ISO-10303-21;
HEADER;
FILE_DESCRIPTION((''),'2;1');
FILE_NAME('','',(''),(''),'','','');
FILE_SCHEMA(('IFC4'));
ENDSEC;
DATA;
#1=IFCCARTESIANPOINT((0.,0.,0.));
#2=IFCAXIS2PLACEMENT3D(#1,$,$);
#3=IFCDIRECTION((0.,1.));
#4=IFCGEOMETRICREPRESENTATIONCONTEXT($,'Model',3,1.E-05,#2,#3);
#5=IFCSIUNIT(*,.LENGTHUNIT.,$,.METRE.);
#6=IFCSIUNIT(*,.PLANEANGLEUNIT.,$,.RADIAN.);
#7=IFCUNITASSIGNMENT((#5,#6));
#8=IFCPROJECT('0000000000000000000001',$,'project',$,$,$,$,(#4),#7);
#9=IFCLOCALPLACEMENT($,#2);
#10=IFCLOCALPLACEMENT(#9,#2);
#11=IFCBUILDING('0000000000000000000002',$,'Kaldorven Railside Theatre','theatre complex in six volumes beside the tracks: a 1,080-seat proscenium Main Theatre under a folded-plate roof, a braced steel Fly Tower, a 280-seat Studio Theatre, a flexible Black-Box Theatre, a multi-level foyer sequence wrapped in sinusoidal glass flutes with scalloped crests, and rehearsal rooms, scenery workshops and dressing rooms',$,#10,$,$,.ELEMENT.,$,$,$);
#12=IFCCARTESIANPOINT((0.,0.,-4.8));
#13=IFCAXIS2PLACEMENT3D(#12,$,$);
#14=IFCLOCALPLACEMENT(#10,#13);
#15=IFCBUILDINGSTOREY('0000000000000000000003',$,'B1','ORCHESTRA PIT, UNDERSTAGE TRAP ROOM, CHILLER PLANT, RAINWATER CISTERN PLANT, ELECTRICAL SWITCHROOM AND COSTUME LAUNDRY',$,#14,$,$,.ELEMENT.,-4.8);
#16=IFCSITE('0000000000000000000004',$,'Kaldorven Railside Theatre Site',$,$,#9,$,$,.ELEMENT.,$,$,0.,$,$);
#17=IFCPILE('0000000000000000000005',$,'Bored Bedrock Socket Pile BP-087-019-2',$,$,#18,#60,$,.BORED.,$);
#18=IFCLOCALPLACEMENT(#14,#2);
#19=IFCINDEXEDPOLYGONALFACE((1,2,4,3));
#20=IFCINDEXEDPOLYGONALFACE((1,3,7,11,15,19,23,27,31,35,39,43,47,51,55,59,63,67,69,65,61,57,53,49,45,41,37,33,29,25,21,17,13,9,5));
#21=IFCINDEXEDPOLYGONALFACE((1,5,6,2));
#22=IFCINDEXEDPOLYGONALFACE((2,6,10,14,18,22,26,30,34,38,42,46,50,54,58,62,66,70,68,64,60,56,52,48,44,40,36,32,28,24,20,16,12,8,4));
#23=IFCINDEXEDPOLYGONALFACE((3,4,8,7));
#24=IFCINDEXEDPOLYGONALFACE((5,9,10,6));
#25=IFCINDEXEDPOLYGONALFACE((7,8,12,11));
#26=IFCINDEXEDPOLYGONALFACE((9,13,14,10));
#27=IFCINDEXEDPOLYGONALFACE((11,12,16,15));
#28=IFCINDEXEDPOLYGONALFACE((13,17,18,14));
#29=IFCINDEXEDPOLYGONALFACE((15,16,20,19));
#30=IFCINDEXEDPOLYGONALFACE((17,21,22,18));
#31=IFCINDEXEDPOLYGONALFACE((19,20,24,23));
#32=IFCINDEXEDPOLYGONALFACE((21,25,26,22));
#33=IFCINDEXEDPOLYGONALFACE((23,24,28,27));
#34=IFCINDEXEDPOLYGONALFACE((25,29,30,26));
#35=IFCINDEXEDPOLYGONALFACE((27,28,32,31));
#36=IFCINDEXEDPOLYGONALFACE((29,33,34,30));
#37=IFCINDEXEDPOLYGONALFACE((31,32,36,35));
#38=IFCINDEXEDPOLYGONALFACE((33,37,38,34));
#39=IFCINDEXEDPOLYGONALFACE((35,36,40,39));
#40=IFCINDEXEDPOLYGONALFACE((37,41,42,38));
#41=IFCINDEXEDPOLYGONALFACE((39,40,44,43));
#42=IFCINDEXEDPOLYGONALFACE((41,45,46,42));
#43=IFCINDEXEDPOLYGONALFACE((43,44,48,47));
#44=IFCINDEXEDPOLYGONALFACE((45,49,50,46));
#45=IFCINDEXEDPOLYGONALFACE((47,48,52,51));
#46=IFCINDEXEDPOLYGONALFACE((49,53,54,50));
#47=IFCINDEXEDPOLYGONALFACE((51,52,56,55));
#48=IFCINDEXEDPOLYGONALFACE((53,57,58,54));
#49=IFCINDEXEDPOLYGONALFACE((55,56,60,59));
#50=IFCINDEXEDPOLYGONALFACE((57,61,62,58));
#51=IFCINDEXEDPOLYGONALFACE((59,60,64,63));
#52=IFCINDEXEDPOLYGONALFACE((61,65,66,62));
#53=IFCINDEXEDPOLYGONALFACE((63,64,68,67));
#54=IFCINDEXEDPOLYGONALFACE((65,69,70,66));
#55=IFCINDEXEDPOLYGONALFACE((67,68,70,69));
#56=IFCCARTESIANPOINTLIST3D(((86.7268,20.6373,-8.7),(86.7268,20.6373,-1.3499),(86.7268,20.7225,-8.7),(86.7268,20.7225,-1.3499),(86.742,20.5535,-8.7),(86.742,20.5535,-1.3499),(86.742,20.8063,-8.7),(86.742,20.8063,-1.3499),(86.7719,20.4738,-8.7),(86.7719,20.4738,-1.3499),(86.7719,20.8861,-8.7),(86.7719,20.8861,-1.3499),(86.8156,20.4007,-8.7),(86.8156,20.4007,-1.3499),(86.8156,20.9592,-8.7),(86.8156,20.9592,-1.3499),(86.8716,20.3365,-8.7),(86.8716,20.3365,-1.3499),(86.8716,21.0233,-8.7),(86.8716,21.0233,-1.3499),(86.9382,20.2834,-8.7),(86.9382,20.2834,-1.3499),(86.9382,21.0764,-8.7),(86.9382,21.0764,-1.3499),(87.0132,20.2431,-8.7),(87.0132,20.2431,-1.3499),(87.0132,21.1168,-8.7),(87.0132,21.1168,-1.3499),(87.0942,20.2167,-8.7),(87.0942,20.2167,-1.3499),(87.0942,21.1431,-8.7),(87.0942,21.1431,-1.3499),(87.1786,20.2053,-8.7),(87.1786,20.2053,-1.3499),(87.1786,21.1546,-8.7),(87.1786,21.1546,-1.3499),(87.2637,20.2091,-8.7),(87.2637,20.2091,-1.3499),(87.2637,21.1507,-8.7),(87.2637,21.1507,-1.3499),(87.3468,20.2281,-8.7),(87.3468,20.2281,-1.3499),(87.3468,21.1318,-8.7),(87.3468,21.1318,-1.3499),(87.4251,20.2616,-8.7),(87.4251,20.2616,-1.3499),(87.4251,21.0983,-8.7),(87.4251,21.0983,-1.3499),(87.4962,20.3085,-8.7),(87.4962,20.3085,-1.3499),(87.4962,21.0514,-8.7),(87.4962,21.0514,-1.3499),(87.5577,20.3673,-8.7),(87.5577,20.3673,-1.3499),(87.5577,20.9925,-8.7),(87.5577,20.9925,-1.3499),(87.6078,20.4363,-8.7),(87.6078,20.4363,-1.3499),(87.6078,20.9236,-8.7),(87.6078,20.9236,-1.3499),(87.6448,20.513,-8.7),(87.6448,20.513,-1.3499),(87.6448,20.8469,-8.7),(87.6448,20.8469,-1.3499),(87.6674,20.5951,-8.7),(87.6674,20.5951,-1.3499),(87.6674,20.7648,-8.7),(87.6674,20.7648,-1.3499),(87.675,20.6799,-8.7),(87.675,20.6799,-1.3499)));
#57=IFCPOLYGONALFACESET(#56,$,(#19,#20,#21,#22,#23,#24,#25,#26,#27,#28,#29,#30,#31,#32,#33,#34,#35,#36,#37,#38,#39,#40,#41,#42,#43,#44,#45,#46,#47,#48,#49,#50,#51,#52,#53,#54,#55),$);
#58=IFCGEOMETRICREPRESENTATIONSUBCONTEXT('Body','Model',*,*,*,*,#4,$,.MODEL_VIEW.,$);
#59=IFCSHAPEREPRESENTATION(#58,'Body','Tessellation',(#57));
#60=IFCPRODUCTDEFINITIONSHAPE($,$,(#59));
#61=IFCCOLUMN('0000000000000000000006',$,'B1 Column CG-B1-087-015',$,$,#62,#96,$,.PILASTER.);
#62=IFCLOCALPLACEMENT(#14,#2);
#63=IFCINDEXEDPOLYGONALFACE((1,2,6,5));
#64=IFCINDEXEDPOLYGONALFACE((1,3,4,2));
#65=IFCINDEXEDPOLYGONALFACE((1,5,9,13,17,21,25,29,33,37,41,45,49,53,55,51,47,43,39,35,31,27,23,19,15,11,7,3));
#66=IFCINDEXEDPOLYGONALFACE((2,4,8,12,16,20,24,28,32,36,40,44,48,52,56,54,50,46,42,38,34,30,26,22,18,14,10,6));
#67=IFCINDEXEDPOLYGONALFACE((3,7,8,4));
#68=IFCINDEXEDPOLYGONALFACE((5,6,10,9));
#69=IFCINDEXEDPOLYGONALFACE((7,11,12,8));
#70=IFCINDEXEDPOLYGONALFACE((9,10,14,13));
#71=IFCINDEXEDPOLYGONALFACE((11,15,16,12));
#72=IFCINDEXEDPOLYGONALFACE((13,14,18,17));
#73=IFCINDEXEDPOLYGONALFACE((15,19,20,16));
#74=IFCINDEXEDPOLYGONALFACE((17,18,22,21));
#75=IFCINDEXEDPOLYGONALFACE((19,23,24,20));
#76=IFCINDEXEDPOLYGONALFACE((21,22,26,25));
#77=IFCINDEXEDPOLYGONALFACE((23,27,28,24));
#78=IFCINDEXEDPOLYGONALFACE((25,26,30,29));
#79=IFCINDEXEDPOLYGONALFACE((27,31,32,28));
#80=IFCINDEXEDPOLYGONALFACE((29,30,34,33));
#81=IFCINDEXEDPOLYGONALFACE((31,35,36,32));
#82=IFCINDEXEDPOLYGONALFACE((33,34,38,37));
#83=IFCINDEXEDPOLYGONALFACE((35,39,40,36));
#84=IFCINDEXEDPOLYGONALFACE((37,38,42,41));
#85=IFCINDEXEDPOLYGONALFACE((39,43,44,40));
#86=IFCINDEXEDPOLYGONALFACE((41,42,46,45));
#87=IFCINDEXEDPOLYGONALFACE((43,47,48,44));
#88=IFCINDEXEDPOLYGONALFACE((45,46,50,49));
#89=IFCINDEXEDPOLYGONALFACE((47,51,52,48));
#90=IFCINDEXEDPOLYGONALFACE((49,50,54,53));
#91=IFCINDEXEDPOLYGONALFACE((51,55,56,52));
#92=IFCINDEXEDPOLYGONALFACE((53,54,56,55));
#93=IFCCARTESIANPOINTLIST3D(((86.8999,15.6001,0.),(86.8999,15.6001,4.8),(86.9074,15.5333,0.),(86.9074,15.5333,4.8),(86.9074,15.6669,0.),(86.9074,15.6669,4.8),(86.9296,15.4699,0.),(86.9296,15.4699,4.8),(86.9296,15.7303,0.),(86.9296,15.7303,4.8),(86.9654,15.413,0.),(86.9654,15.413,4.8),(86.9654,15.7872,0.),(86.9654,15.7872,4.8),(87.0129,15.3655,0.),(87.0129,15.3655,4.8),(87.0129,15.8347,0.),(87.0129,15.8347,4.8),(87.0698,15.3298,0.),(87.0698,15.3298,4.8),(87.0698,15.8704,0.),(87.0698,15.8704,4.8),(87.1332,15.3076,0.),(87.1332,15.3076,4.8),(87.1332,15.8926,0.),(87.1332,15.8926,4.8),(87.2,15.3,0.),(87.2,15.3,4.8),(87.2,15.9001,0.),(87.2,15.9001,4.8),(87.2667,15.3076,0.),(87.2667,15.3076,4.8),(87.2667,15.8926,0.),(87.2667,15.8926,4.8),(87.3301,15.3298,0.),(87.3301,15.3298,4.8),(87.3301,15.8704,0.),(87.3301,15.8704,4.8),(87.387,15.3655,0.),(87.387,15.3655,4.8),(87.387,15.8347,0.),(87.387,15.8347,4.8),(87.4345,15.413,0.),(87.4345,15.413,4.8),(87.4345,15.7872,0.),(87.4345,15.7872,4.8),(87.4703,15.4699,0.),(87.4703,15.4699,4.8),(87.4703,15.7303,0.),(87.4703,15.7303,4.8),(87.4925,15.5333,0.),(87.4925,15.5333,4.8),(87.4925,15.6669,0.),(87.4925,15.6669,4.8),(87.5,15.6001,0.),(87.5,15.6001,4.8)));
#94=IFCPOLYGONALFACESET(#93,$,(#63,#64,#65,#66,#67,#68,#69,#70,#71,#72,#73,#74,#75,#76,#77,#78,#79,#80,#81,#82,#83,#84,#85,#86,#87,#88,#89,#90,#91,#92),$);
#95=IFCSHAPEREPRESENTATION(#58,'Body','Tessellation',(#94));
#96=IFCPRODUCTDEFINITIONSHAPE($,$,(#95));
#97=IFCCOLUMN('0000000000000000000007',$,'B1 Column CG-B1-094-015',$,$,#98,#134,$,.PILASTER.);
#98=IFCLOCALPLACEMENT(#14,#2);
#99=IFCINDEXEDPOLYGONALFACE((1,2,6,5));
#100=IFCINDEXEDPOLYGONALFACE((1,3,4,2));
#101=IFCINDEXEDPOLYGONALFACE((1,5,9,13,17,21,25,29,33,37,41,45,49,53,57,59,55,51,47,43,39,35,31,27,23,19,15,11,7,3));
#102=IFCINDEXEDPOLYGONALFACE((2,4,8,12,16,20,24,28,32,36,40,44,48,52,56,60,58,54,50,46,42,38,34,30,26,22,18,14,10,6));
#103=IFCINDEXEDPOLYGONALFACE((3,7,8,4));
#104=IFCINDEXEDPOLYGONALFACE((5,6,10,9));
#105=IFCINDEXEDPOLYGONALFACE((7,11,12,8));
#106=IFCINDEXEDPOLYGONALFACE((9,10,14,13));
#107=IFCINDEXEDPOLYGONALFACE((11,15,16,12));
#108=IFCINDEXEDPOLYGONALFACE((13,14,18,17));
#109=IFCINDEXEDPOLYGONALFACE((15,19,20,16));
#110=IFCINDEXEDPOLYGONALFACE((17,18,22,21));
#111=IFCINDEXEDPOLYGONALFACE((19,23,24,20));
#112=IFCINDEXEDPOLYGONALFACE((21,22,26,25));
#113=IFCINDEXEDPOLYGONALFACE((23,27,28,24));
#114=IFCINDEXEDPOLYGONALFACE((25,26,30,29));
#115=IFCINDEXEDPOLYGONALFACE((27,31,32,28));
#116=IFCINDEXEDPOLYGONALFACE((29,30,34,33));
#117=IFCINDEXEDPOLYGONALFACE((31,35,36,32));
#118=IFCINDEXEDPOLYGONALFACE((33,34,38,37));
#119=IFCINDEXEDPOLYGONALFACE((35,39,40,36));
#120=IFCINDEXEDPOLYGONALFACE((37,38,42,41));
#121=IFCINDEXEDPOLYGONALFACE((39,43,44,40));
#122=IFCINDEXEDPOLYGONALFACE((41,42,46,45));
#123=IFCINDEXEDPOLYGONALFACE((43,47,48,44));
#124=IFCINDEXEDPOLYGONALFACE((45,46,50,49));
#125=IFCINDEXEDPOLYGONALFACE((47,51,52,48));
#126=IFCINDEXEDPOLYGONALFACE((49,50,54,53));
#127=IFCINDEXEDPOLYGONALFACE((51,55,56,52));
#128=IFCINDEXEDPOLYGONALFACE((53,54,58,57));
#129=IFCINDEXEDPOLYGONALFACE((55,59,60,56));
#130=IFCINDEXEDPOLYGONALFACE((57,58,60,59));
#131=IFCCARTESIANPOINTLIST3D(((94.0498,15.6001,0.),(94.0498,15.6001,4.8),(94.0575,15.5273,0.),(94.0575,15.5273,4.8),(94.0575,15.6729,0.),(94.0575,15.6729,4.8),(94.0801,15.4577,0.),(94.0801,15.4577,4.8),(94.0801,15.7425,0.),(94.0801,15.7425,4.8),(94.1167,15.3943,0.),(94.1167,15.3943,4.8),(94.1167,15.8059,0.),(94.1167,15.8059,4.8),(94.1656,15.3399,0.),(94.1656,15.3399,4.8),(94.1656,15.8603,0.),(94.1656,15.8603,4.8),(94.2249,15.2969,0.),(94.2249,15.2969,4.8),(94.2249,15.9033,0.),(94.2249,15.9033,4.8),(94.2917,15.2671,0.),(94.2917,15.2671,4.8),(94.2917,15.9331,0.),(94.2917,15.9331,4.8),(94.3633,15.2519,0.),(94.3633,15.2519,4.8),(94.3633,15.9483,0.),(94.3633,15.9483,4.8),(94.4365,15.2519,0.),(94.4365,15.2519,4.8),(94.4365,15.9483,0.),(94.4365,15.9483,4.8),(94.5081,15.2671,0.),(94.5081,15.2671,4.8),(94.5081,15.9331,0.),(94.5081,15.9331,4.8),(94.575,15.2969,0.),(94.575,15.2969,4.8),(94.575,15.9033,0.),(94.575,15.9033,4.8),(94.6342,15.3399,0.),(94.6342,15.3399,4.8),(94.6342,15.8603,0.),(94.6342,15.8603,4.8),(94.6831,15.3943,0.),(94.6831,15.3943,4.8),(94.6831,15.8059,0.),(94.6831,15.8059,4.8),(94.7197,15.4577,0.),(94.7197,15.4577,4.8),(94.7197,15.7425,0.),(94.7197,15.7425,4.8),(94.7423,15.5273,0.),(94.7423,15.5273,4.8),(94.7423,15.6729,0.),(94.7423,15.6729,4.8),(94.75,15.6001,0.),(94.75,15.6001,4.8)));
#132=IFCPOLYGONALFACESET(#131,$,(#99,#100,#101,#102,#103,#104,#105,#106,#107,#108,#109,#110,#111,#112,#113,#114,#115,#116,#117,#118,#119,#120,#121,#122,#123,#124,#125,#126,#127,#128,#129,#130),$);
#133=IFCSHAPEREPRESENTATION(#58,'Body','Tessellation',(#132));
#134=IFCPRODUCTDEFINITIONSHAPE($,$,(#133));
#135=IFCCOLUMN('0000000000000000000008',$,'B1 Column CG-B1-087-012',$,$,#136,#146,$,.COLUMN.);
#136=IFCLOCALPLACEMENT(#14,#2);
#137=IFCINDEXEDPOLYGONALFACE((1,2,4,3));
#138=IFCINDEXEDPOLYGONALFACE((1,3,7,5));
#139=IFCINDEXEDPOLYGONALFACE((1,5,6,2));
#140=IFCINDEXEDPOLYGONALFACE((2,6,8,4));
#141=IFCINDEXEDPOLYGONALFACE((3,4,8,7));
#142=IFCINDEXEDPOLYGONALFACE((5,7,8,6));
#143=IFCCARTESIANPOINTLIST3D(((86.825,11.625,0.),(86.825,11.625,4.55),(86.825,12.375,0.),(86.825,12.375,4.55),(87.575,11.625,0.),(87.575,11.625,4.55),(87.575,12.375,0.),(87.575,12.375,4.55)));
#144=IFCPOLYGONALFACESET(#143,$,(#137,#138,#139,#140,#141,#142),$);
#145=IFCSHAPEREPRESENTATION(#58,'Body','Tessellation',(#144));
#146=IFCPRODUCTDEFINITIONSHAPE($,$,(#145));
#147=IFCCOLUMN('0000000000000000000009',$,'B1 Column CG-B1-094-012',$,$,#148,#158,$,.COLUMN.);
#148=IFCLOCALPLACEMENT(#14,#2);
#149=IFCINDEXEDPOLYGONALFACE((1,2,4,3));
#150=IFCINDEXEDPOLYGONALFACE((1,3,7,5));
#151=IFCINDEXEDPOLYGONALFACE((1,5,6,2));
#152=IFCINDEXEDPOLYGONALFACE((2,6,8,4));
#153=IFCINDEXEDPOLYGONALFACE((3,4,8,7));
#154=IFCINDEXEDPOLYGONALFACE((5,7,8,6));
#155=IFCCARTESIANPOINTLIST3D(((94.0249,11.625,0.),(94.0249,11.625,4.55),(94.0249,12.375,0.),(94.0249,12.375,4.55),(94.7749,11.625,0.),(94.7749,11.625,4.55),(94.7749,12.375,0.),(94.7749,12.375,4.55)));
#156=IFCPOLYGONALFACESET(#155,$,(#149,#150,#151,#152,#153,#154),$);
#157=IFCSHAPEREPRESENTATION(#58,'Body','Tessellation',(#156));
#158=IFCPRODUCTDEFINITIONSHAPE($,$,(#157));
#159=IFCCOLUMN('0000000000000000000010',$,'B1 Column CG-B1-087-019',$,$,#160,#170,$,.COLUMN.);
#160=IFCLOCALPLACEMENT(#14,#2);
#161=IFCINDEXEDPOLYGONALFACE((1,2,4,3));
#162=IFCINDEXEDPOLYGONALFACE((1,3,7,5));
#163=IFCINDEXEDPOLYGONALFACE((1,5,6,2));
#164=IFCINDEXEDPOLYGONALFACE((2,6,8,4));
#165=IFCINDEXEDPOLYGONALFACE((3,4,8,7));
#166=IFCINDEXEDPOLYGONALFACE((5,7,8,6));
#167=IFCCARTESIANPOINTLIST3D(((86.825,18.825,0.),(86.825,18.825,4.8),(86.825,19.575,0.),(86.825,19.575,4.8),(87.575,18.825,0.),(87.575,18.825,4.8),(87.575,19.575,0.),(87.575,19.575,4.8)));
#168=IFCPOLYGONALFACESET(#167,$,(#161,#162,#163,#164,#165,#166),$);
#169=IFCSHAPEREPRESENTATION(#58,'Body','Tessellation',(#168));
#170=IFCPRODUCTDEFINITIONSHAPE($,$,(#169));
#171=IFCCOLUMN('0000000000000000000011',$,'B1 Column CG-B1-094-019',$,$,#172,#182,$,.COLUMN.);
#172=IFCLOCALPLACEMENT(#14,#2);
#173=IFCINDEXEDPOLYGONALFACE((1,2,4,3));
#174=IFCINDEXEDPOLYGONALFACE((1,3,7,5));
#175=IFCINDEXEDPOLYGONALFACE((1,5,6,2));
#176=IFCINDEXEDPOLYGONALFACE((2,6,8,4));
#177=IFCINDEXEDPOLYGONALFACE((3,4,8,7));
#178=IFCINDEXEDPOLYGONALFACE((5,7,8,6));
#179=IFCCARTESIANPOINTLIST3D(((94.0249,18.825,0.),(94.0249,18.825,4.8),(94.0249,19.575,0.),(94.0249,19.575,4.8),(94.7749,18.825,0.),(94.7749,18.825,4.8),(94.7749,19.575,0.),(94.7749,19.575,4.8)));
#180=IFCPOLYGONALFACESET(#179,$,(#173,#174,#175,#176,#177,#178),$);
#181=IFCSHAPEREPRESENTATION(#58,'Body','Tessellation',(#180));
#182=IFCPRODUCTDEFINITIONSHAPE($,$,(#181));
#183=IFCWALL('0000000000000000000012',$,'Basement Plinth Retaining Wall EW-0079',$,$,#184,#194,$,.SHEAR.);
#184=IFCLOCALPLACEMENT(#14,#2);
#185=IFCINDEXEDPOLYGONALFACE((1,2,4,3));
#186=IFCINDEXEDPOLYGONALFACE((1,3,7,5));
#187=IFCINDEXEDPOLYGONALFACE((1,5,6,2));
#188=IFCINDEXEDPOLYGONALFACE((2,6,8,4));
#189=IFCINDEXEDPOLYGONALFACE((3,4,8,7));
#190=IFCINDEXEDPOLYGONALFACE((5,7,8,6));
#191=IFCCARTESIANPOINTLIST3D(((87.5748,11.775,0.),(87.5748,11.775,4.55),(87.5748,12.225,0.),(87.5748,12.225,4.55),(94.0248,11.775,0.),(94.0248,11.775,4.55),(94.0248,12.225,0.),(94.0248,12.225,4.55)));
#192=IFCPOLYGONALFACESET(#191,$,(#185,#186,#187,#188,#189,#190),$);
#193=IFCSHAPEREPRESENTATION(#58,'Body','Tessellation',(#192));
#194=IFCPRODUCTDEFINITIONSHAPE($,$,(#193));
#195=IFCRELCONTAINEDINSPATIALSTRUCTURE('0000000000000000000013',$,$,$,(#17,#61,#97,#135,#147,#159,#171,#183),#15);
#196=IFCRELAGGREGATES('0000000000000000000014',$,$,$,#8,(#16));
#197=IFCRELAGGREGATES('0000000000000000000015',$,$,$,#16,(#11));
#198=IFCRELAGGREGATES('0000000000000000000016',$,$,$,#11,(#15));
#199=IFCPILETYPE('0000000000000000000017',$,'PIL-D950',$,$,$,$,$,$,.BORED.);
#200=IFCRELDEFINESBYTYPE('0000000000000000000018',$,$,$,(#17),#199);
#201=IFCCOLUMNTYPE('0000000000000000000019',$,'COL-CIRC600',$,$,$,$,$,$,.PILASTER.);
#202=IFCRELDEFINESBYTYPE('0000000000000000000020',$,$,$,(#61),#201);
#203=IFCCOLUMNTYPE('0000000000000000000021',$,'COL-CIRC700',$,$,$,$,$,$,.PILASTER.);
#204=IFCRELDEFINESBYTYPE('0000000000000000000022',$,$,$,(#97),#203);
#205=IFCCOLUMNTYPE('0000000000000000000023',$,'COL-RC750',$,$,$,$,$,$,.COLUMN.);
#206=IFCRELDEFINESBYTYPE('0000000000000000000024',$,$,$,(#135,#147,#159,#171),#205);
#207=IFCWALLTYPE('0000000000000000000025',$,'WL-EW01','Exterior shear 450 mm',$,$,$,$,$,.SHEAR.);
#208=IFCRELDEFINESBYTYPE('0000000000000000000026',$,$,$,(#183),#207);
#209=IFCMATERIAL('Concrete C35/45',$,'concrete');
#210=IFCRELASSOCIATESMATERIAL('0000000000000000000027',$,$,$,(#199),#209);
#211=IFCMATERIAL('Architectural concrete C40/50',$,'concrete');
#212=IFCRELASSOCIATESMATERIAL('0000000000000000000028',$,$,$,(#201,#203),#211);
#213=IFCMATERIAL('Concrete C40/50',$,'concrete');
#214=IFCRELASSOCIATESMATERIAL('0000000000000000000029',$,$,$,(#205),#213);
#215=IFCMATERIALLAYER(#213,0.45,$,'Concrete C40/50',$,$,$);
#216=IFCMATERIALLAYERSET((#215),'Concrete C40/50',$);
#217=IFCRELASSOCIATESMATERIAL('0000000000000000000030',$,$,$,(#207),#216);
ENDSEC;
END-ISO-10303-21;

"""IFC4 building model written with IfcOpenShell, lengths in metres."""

from ifc_helpers import new_model, si_unit, direction, frame, frame_2d, origin, origin_2d, place, context, subcontext, project, spatial, rectangle, circle, extrude, material, layer, layer_set, material_profile, profile_set, type_object, element, save


model = new_model("IFC4")

# Units and contexts
model_context = context("Model", 3, precision=1e-05, world=origin(), true_north=direction((0.0, 1.0)))
body_context = subcontext(model_context, "Body", "Model", "MODEL_VIEW")
ifc_project = project(units=[si_unit("LENGTHUNIT", "METRE"), si_unit("PLANEANGLEUNIT", "RADIAN")], contexts=[model_context])

# Site, building, storey
site_placement = place(None, origin())
site = spatial("IfcSite", under=ifc_project, at=site_placement, Name="Kaldorven Railside Theatre Site", CompositionType="ELEMENT", RefElevation=0.0)
building_placement = place(site_placement, origin())
building = spatial("IfcBuilding", under=site, at=building_placement, Name="Kaldorven Railside Theatre", Description="theatre complex in six volumes beside the tracks: a 1,080-seat proscenium Main Theatre under a folded-plate roof, a braced steel Fly Tower, a 280-seat Studio Theatre, a flexible Black-Box Theatre, a multi-level foyer sequence wrapped in sinusoidal glass flutes with scalloped crests, and rehearsal rooms, scenery workshops and dressing rooms", CompositionType="ELEMENT")
storey_placement = place(building_placement, frame((0.0, 0.0, -4.8)))
storey = spatial("IfcBuildingStorey", under=building, at=storey_placement, Name="B1", Description="ORCHESTRA PIT, UNDERSTAGE TRAP ROOM, CHILLER PLANT, RAINWATER CISTERN PLANT, ELECTRICAL SWITCHROOM AND COSTUME LAUNDRY", CompositionType="ELEMENT", Elevation=-4.8)

# Shared definitions
ifc_material_1 = material(Name="Concrete C40/50", Category="concrete")

# Pile
ifc_material_2 = material(Name="Concrete C35/45", Category="concrete")
ifc_material_profile_1 = material_profile(ifc_material_2, circle(Radius=0.4751, at=origin_2d()), Name="BP D950")
ifc_profile_set_1 = profile_set([ifc_material_profile_1], Name="Concrete C35/45")
pile_type_1 = type_object("IfcPileType", Name="PIL-D950", PredefinedType="BORED", material=ifc_profile_set_1)
for number, where, z_axis, x_axis, name in (
    (1, (87.2, 20.6799, -1.3499), (0.0, 0.0, -1.0), (1.0, 0.0, 0.0), "Bored Bedrock Socket Pile BP-087-019-2"),
):
    element("IfcPile", number, at=place(storey_placement, frame(where, z_axis=z_axis, x_axis=x_axis)), inside=storey, type_object=pile_type_1, Name=name, PredefinedType="BORED", context=body_context, shape_type="SweptSolid", body=[
        extrude(circle(Radius=0.4751, at=origin_2d()), origin(), (0.0, 0.0, 1.0), 7.3501),
    ])

# Columns
ifc_material_3 = material(Name="Architectural concrete C40/50", Category="concrete")
ifc_material_profile_2 = material_profile(ifc_material_3, circle(Radius=0.3, at=origin_2d()), Name="RC D600")
ifc_profile_set_2 = profile_set([ifc_material_profile_2], Name="Architectural concrete C40/50")
column_type_1 = type_object("IfcColumnType", Name="COL-CIRC600", PredefinedType="PILASTER", material=ifc_profile_set_2)
column_1_placement = place(storey_placement, frame((87.2, 15.6001, 0.0), z_axis=(0.0, 0.0, 1.0), x_axis=(1.0, 0.0, 0.0)))
element("IfcColumn", 2, at=column_1_placement, inside=storey, type_object=column_type_1, Name="B1 Column CG-B1-087-015", PredefinedType="PILASTER", context=body_context, shape_type="SweptSolid", body=[
    extrude(circle(Radius=0.3, at=origin_2d()), origin(), (0.0, 0.0, 1.0), 4.8),
])
ifc_material_profile_3 = material_profile(ifc_material_3, circle(Radius=0.3501, at=origin_2d()), Name="RC D700")
ifc_profile_set_3 = profile_set([ifc_material_profile_3], Name="Architectural concrete C40/50")
column_type_2 = type_object("IfcColumnType", Name="COL-CIRC700", PredefinedType="PILASTER", material=ifc_profile_set_3)
column_2_placement = place(storey_placement, frame((94.3999, 15.6001, 0.0), z_axis=(0.0, 0.0, 1.0), x_axis=(1.0, 0.0, 0.0)))
element("IfcColumn", 3, at=column_2_placement, inside=storey, type_object=column_type_2, Name="B1 Column CG-B1-094-015", PredefinedType="PILASTER", context=body_context, shape_type="SweptSolid", body=[
    extrude(circle(Radius=0.3501, at=origin_2d()), origin(), (0.0, 0.0, 1.0), 4.8),
])
ifc_material_profile_4 = material_profile(ifc_material_1, rectangle(XDim=0.75, YDim=0.75, at=origin_2d()), Name="RC 750x750")
ifc_profile_set_4 = profile_set([ifc_material_profile_4], Name="Concrete C40/50")
column_type_3 = type_object("IfcColumnType", Name="COL-RC750", PredefinedType="COLUMN", material=ifc_profile_set_4)
for number, where, z_axis, x_axis, name in (
    (4, (87.2, 12.0, 0.0), (0.0, 0.0, 1.0), (1.0, 0.0, 0.0), "B1 Column CG-B1-087-012"),
    (5, (94.3999, 12.0, 0.0), (0.0, 0.0, 1.0), (1.0, 0.0, 0.0), "B1 Column CG-B1-094-012"),
):
    element("IfcColumn", number, at=place(storey_placement, frame(where, z_axis=z_axis, x_axis=x_axis)), inside=storey, type_object=column_type_3, Name=name, PredefinedType="COLUMN", context=body_context, shape_type="SweptSolid", body=[
        extrude(rectangle(XDim=0.75, YDim=0.75, at=origin_2d()), origin(), (0.0, 0.0, 1.0), 4.55),
    ])
for number, where, z_axis, x_axis, name in (
    (6, (87.2, 19.2, 0.0), (0.0, 0.0, 1.0), (1.0, 0.0, 0.0), "B1 Column CG-B1-087-019"),
    (7, (94.3999, 19.2, 0.0), (0.0, 0.0, 1.0), (0.0, 1.0, 0.0), "B1 Column CG-B1-094-019"),
):
    element("IfcColumn", number, at=place(storey_placement, frame(where, z_axis=z_axis, x_axis=x_axis)), inside=storey, type_object=column_type_3, Name=name, PredefinedType="COLUMN", context=body_context, shape_type="SweptSolid", body=[
        extrude(rectangle(XDim=0.75, YDim=0.75, at=origin_2d()), origin(), (0.0, 0.0, 1.0), 4.8),
    ])

# Wall
ifc_layer_1 = layer(ifc_material_1, 0.45, Name="Concrete C40/50")
ifc_layer_set_1 = layer_set([ifc_layer_1], Name="Concrete C40/50")
wall_type_1 = type_object("IfcWallType", Name="WL-EW01", Description="Exterior shear 450 mm", PredefinedType="SHEAR", material=ifc_layer_set_1)
for number, where, z_axis, x_axis, name in (
    (8, (94.0249, 12.0, 0.0), (0.0, 0.0, 1.0), (-1.0, 0.0, 0.0), "Basement Plinth Retaining Wall EW-0079"),
):
    element("IfcWall", number, at=place(storey_placement, frame(where, z_axis=z_axis, x_axis=x_axis)), inside=storey, type_object=wall_type_1, Name=name, PredefinedType="SHEAR", context=body_context, shape_type="SweptSolid", body=[
        extrude(rectangle(XDim=6.45, YDim=0.45, at=frame_2d((3.2251, 0.0))), origin(), (0.0, 0.0, 1.0), 4.55),
    ])

save(model, "model.ifc")
